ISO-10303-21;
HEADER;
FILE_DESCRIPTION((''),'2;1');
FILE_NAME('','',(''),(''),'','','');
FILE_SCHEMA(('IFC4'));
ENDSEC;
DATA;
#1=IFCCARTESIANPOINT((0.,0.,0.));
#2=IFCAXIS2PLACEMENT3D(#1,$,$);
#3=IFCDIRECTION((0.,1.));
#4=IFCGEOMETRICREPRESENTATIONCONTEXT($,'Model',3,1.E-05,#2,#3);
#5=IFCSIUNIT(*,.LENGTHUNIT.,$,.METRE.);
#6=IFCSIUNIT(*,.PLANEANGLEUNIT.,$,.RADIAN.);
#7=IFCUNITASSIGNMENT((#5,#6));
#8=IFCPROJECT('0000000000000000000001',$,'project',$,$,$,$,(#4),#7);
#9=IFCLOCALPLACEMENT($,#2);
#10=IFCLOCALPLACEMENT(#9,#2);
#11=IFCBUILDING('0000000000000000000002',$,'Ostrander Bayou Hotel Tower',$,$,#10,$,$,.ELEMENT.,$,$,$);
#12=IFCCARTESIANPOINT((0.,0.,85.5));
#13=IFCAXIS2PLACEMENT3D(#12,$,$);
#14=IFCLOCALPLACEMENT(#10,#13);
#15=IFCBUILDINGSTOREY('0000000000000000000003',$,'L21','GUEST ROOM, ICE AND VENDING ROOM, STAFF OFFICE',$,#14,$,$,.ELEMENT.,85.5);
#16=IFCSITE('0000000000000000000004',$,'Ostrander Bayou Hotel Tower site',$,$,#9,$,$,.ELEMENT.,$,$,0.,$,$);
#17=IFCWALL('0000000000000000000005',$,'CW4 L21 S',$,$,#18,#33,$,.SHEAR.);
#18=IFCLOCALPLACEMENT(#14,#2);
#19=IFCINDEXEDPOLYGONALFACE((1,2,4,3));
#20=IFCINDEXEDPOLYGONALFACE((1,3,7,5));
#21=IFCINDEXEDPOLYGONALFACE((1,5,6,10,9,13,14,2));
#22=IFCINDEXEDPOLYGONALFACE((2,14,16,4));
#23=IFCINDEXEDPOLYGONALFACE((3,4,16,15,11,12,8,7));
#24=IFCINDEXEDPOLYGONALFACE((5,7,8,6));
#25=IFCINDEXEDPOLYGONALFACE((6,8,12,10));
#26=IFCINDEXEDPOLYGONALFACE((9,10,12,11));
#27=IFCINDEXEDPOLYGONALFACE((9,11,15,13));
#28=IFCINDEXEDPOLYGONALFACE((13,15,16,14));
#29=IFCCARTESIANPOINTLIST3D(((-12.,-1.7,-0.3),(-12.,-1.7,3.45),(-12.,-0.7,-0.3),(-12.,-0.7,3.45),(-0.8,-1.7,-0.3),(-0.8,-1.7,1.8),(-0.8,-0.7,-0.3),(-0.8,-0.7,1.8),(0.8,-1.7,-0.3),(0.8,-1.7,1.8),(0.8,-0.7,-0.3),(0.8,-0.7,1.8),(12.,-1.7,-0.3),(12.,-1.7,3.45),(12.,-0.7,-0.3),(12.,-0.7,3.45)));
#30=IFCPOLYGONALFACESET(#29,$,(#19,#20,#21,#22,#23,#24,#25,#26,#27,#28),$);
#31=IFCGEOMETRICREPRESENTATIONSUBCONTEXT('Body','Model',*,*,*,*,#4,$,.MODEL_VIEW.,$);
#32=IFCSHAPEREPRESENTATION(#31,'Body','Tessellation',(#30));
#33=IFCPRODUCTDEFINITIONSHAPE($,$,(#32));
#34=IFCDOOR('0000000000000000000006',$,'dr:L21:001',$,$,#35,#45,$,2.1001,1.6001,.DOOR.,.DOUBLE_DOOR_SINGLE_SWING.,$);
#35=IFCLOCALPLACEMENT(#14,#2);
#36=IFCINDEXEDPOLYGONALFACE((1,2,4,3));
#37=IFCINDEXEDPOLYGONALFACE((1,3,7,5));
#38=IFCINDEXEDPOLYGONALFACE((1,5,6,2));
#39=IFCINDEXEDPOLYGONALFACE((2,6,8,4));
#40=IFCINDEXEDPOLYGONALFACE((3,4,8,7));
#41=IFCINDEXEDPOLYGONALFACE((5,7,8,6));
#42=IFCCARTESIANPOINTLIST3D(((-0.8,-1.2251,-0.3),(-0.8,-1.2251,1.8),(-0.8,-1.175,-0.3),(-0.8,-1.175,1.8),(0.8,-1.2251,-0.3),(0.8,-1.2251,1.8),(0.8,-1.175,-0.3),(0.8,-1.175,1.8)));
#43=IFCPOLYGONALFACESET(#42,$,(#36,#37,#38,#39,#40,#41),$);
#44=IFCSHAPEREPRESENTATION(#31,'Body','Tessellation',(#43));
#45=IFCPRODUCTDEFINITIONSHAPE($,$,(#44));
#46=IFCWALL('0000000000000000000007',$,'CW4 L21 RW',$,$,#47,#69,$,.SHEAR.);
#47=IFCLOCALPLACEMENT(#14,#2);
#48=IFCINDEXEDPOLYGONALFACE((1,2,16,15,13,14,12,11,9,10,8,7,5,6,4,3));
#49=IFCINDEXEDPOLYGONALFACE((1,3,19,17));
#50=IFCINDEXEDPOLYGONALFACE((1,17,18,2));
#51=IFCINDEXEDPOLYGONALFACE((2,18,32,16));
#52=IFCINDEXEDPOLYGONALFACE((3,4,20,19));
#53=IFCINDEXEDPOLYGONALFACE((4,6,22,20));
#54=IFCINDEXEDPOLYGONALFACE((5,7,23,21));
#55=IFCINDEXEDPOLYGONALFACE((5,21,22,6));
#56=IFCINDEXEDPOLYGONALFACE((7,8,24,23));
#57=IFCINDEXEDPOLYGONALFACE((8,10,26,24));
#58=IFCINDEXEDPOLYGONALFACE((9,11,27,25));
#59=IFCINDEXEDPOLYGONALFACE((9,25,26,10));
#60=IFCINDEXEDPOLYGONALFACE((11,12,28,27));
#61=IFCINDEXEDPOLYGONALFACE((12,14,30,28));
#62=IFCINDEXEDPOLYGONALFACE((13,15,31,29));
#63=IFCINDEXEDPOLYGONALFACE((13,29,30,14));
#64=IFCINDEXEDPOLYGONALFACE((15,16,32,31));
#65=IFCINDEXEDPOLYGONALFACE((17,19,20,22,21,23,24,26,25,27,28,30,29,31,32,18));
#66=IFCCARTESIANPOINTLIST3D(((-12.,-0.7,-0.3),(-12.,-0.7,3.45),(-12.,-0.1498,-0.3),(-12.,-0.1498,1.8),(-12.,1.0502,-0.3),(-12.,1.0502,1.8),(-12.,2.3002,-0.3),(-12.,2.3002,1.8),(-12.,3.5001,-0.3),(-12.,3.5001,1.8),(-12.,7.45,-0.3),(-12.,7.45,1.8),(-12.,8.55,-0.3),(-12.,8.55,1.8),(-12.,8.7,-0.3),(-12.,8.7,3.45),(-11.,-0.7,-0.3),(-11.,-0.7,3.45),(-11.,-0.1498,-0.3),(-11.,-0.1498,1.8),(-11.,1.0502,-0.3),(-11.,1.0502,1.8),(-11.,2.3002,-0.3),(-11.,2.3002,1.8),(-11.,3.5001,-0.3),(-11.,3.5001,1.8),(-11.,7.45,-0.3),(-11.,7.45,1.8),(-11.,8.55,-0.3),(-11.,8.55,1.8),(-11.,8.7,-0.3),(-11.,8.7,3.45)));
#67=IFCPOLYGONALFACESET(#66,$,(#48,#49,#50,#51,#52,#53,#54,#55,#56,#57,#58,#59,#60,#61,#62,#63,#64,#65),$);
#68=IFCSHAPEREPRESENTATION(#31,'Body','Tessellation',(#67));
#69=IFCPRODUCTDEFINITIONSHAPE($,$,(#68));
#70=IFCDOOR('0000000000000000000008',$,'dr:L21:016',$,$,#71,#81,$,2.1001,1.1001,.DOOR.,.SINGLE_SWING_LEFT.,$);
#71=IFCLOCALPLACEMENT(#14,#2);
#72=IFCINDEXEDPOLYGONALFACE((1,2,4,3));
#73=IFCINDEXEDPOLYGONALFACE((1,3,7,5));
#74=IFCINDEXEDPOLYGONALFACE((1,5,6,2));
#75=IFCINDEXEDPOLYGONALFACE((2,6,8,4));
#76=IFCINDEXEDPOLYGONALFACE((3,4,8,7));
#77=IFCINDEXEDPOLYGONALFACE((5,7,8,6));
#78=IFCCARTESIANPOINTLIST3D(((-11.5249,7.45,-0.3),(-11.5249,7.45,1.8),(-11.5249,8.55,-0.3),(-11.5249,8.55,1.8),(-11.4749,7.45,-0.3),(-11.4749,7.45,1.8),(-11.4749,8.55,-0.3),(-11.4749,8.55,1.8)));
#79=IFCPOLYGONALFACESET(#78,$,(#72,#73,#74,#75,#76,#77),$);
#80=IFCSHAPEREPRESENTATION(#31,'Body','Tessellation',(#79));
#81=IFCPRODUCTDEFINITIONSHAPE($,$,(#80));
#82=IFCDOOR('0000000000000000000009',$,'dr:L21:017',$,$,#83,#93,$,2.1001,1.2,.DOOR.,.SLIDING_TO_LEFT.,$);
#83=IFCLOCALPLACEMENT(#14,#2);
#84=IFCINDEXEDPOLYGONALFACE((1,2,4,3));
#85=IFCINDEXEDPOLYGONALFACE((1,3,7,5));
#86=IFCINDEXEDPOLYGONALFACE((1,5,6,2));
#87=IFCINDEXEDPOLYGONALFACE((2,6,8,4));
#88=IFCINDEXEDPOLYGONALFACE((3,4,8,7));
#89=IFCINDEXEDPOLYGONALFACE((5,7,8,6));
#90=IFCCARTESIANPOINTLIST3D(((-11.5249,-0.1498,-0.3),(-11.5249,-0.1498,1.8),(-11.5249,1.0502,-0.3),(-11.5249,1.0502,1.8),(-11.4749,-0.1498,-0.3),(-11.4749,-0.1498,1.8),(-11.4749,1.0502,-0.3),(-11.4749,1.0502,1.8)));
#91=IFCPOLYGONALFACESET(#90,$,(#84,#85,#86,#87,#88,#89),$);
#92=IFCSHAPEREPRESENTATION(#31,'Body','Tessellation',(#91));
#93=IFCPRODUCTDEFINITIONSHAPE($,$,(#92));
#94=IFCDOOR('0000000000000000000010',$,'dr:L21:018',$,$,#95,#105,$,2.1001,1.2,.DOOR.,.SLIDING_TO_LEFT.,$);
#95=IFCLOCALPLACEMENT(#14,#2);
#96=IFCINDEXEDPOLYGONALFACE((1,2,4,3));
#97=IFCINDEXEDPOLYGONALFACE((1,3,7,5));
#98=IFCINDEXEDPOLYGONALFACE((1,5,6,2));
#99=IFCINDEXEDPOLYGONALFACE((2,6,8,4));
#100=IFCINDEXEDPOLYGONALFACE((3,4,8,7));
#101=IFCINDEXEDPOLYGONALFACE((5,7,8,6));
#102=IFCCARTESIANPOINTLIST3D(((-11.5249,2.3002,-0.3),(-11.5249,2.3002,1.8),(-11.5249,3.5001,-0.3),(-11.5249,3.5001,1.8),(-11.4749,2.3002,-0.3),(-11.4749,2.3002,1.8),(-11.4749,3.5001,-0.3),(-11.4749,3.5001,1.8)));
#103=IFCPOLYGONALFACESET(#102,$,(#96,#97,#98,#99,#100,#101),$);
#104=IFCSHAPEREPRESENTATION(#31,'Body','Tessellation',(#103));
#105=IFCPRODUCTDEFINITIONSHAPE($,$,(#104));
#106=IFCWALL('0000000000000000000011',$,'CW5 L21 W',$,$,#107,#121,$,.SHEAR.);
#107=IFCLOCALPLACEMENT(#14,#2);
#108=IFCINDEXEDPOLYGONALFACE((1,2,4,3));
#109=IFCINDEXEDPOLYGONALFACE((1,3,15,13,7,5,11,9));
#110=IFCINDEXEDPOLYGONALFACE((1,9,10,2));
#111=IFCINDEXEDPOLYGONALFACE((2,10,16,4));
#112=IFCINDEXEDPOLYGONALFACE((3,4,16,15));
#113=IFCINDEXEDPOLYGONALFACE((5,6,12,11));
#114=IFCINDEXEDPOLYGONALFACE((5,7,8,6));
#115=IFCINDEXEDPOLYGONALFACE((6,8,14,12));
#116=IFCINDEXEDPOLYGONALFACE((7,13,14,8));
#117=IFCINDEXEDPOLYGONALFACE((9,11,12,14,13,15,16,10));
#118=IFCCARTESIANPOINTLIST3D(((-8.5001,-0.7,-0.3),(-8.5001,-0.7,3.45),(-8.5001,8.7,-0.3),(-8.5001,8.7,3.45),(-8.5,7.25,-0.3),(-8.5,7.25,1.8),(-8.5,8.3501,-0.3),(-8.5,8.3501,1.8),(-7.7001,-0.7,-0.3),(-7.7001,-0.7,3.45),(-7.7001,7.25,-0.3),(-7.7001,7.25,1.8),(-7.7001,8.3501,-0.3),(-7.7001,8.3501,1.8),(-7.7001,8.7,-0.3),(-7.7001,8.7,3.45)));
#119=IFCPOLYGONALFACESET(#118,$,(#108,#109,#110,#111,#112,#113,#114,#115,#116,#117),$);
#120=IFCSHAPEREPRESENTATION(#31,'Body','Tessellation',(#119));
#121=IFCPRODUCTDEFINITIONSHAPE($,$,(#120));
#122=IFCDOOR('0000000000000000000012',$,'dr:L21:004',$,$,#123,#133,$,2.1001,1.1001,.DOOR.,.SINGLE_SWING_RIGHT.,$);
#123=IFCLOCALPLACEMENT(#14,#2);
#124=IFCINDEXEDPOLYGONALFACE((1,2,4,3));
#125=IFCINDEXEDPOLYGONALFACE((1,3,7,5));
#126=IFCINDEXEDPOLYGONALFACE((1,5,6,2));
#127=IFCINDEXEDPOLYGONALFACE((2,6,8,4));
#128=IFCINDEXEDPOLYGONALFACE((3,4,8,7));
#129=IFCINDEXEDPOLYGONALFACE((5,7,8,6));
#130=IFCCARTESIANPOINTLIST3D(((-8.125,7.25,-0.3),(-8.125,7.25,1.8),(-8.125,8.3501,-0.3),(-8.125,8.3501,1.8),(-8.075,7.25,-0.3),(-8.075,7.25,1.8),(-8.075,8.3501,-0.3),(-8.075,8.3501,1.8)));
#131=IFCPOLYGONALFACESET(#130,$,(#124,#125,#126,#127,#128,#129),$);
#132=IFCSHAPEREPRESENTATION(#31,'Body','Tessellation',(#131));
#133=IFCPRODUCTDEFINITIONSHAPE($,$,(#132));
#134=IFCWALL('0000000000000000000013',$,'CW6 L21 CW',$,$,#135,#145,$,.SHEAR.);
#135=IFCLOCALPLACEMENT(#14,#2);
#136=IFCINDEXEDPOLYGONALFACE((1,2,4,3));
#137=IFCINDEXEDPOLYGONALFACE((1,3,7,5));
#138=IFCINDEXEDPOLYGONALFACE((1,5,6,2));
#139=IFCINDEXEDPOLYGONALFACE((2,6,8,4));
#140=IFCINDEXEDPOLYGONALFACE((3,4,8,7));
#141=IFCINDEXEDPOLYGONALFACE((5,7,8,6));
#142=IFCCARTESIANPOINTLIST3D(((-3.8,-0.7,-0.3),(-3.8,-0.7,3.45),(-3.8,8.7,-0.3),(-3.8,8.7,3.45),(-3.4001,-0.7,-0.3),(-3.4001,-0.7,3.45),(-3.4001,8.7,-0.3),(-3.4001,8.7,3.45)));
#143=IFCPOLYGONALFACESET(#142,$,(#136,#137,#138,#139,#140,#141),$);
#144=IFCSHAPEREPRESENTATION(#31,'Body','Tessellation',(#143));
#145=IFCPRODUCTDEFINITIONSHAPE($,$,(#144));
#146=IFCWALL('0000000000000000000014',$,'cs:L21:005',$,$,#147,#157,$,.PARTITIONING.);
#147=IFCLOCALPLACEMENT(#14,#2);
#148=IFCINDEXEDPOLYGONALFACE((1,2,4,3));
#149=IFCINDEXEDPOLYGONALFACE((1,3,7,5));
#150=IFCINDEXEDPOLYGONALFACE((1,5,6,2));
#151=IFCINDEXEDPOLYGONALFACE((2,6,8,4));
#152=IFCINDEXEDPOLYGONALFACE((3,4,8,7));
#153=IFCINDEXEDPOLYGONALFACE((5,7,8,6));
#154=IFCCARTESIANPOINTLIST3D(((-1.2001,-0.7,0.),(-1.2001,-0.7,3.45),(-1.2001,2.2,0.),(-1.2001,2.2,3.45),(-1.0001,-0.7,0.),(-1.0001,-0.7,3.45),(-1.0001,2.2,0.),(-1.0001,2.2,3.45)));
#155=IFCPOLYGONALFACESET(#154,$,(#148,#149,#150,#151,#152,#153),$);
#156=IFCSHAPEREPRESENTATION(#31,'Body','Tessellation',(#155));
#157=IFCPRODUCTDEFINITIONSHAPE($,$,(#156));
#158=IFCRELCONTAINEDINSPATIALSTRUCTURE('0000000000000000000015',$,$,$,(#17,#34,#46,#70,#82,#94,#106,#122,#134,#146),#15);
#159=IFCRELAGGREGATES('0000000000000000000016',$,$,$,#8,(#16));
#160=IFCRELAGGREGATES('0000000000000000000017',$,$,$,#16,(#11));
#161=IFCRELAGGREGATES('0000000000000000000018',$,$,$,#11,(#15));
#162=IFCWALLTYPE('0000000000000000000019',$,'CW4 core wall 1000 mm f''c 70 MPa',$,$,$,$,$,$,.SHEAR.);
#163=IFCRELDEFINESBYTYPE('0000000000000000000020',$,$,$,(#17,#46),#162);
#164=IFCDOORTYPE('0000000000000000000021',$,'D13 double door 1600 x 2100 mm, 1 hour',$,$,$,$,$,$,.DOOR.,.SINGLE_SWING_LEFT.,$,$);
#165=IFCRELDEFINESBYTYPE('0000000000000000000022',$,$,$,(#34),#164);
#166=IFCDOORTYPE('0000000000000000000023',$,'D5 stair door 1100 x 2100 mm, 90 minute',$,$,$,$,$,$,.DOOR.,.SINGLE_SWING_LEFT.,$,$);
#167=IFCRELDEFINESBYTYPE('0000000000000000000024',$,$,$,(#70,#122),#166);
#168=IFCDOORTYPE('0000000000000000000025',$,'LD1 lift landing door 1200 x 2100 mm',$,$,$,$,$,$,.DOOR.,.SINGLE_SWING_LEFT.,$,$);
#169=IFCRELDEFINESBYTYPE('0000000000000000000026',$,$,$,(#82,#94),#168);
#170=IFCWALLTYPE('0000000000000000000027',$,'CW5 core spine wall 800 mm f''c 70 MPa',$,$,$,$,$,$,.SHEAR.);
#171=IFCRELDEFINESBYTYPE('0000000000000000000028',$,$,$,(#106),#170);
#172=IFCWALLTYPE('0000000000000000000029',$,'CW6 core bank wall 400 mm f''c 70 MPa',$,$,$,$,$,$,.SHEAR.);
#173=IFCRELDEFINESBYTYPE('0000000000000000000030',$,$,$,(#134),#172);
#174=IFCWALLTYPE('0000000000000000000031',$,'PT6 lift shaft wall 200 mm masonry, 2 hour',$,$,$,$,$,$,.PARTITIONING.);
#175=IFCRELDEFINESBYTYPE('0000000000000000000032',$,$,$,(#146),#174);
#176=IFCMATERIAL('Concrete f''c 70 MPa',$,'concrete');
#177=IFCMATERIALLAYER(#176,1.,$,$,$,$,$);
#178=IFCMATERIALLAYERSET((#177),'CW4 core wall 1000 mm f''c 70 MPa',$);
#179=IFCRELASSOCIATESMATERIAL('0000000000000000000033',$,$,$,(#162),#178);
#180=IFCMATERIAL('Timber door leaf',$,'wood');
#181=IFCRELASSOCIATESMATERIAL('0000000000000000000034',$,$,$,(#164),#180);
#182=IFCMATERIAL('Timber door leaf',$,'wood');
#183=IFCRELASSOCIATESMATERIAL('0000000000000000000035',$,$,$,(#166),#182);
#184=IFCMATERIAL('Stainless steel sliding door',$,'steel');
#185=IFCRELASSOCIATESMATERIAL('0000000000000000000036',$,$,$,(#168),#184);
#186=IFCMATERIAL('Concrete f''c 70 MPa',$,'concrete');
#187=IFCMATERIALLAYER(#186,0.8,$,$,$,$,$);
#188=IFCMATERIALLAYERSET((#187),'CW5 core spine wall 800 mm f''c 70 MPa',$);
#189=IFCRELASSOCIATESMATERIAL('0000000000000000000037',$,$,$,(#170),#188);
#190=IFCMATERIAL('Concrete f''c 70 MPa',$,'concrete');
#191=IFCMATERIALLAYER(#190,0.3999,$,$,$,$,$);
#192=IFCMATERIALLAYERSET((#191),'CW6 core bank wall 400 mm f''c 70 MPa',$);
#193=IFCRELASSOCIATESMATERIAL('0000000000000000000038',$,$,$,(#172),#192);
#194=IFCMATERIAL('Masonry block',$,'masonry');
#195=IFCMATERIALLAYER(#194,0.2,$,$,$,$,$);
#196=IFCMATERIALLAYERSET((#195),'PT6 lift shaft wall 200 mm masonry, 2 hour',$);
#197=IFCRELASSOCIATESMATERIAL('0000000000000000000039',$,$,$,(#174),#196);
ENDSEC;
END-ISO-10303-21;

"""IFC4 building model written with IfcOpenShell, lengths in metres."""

from ifc_helpers import new_model, si_unit, direction, frame, frame_2d, origin, place, context, subcontext, project, spatial, rectangle, extrude, material, layer, layer_set, type_object, element, fill, save


model = new_model("IFC4")

# Units and contexts
model_context = context("Model", 3, precision=1e-05, world=origin(), true_north=direction((0.0, 1.0)))
body_context = subcontext(model_context, "Body", "Model", "MODEL_VIEW")
ifc_project = project(units=[si_unit("LENGTHUNIT", "METRE"), si_unit("PLANEANGLEUNIT", "RADIAN")], contexts=[model_context])

# Site, building, storey
site_placement = place(None, origin())
site = spatial("IfcSite", under=ifc_project, at=site_placement, Name="Ostrander Bayou Hotel Tower site", CompositionType="ELEMENT", RefElevation=0.0)
building_placement = place(site_placement, origin())
building = spatial("IfcBuilding", under=site, at=building_placement, Name="Ostrander Bayou Hotel Tower", CompositionType="ELEMENT")
storey_placement = place(building_placement, frame((0.0, 0.0, 85.5)))
storey = spatial("IfcBuildingStorey", under=building, at=storey_placement, Name="L21", Description="GUEST ROOM, ICE AND VENDING ROOM, STAFF OFFICE", CompositionType="ELEMENT", Elevation=85.5)

# Wall, opening, door
ifc_material_1 = material(Name="Concrete f'c 70 MPa", Category="concrete")
ifc_layer_1 = layer(ifc_material_1, 1.0)
ifc_layer_set_1 = layer_set([ifc_layer_1], Name="CW4 core wall 1000 mm f'c 70 MPa")
wall_type_1 = type_object("IfcWallType", Name="CW4 core wall 1000 mm f'c 70 MPa", PredefinedType="SHEAR", material=ifc_layer_set_1)
wall_1_placement = place(storey_placement, frame((-12.0, -1.2, -0.3), z_axis=(0.0, 0.0, 1.0), x_axis=(1.0, 0.0, 0.0)))
wall_1 = element("IfcWall", 1, at=wall_1_placement, inside=storey, type_object=wall_type_1, Name="CW4 L21 S", PredefinedType="SHEAR", context=body_context, shape_type="SweptSolid", body=[
    extrude(rectangle(XDim=24.0, YDim=1.0, at=frame_2d((12.0, 0.0))), origin(), (0.0, 0.0, 1.0), 3.75),
])
opening_1_placement = place(wall_1_placement, frame((11.2, 0.0, 0.0)))
opening_1 = element("IfcOpeningElement", 2, at=opening_1_placement, cuts=wall_1, PredefinedType="OPENING", context=body_context, shape_type="SweptSolid", body=[
    extrude(rectangle(XDim=1.6001, YDim=2.1001, at=frame_2d((0.8, 1.05))), frame((0.0, 0.5, 0.0), z_axis=(0.0, -1.0, 0.0), x_axis=(1.0, 0.0, 0.0)), (0.0, 0.0, 1.0), 1.0),
])
ifc_material_2 = material(Name="Timber door leaf", Category="wood")
door_type_1 = type_object("IfcDoorType", Name="D13 double door 1600 x 2100 mm, 1 hour", OperationType="SINGLE_SWING_LEFT", PredefinedType="DOOR", material=ifc_material_2)
door_1_placement = place(opening_1_placement, origin())
door_1 = element("IfcDoor", 3, at=door_1_placement, inside=storey, type_object=door_type_1, Name="dr:L21:001", OperationType="DOUBLE_DOOR_SINGLE_SWING", OverallHeight=2.1001, OverallWidth=1.6001, PredefinedType="DOOR", context=body_context, shape_type="SweptSolid", body=[
    extrude(rectangle(XDim=1.6001, YDim=2.1001, at=frame_2d((0.8, 1.05))), frame((0.0, 0.0249, 0.0), z_axis=(0.0, -1.0, 0.0), x_axis=(1.0, 0.0, 0.0)), (0.0, 0.0, 1.0), 0.05),
])
fill(opening_1, door_1)

# Wall, openings, doors
wall_2_placement = place(storey_placement, frame((-11.5, -0.7, -0.3), z_axis=(0.0, 0.0, 1.0), x_axis=(0.0, 1.0, 0.0)))
wall_2 = element("IfcWall", 4, at=wall_2_placement, inside=storey, type_object=wall_type_1, Name="CW4 L21 RW", PredefinedType="SHEAR", context=body_context, shape_type="SweptSolid", body=[
    extrude(rectangle(XDim=9.3999, YDim=1.0, at=frame_2d((4.7, 0.0))), origin(), (0.0, 0.0, 1.0), 3.75),
])
opening_2_placement = place(wall_2_placement, frame((8.1499, 0.0, 0.0)))
opening_2 = element("IfcOpeningElement", 5, at=opening_2_placement, cuts=wall_2, PredefinedType="OPENING", context=body_context, shape_type="SweptSolid", body=[
    extrude(rectangle(XDim=1.1001, YDim=2.1001, at=frame_2d((0.55, 1.05))), frame((0.0, 0.5, 0.0), z_axis=(0.0, -1.0, 0.0), x_axis=(1.0, 0.0, 0.0)), (0.0, 0.0, 1.0), 1.0),
])
opening_3_placement = place(wall_2_placement, frame((0.55, 0.0, 0.0)))
opening_3 = element("IfcOpeningElement", 6, at=opening_3_placement, cuts=wall_2, PredefinedType="OPENING", context=body_context, shape_type="SweptSolid", body=[
    extrude(rectangle(XDim=1.2, YDim=2.1001, at=frame_2d((0.6001, 1.05))), frame((0.0, 0.5, 0.0), z_axis=(0.0, -1.0, 0.0), x_axis=(1.0, 0.0, 0.0)), (0.0, 0.0, 1.0), 1.0),
])
opening_4_placement = place(wall_2_placement, frame((3.0, 0.0, 0.0)))
opening_4 = element("IfcOpeningElement", 7, at=opening_4_placement, cuts=wall_2, PredefinedType="OPENING", context=body_context, shape_type="SweptSolid", body=[
    extrude(rectangle(XDim=1.2, YDim=2.1001, at=frame_2d((0.6001, 1.05))), frame((0.0, 0.5, 0.0), z_axis=(0.0, -1.0, 0.0), x_axis=(1.0, 0.0, 0.0)), (0.0, 0.0, 1.0), 1.0),
])
ifc_material_3 = material(Name="Timber door leaf", Category="wood")
door_type_2 = type_object("IfcDoorType", Name="D5 stair door 1100 x 2100 mm, 90 minute", OperationType="SINGLE_SWING_LEFT", PredefinedType="DOOR", material=ifc_material_3)
door_2_placement = place(opening_2_placement, origin())
door_2 = element("IfcDoor", 8, at=door_2_placement, inside=storey, type_object=door_type_2, Name="dr:L21:016", OperationType="SINGLE_SWING_LEFT", OverallHeight=2.1001, OverallWidth=1.1001, PredefinedType="DOOR", context=body_context, shape_type="SweptSolid", body=[
    extrude(rectangle(XDim=1.1001, YDim=2.1001, at=frame_2d((0.55, 1.05))), frame((0.0, 0.0249, 0.0), z_axis=(0.0, -1.0, 0.0), x_axis=(1.0, 0.0, 0.0)), (0.0, 0.0, 1.0), 0.05),
])
fill(opening_2, door_2)
ifc_material_4 = material(Name="Stainless steel sliding door", Category="steel")
door_type_3 = type_object("IfcDoorType", Name="LD1 lift landing door 1200 x 2100 mm", OperationType="SINGLE_SWING_LEFT", PredefinedType="DOOR", material=ifc_material_4)
door_3_placement = place(opening_3_placement, origin())
door_3 = element("IfcDoor", 9, at=door_3_placement, inside=storey, type_object=door_type_3, Name="dr:L21:017", OperationType="SLIDING_TO_LEFT", OverallHeight=2.1001, OverallWidth=1.2, PredefinedType="DOOR", context=body_context, shape_type="SweptSolid", body=[
    extrude(rectangle(XDim=1.2, YDim=2.1001, at=frame_2d((0.6001, 1.05))), frame((0.0, 0.0249, 0.0), z_axis=(0.0, -1.0, 0.0), x_axis=(1.0, 0.0, 0.0)), (0.0, 0.0, 1.0), 0.05),
])
fill(opening_3, door_3)
door_4_placement = place(opening_4_placement, origin())
door_4 = element("IfcDoor", 10, at=door_4_placement, inside=storey, type_object=door_type_3, Name="dr:L21:018", OperationType="SLIDING_TO_LEFT", OverallHeight=2.1001, OverallWidth=1.2, PredefinedType="DOOR", context=body_context, shape_type="SweptSolid", body=[
    extrude(rectangle(XDim=1.2, YDim=2.1001, at=frame_2d((0.6001, 1.05))), frame((0.0, 0.0249, 0.0), z_axis=(0.0, -1.0, 0.0), x_axis=(1.0, 0.0, 0.0)), (0.0, 0.0, 1.0), 0.05),
])
fill(opening_4, door_4)

# Wall, opening, door
ifc_material_5 = material(Name="Concrete f'c 70 MPa", Category="concrete")
ifc_layer_2 = layer(ifc_material_5, 0.8)
ifc_layer_set_2 = layer_set([ifc_layer_2], Name="CW5 core spine wall 800 mm f'c 70 MPa")
wall_type_2 = type_object("IfcWallType", Name="CW5 core spine wall 800 mm f'c 70 MPa", PredefinedType="SHEAR", material=ifc_layer_set_2)
wall_3_placement = place(storey_placement, frame((-8.1001, -0.7, -0.3), z_axis=(0.0, 0.0, 1.0), x_axis=(0.0, 1.0, 0.0)))
wall_3 = element("IfcWall", 11, at=wall_3_placement, inside=storey, type_object=wall_type_2, Name="CW5 L21 W", PredefinedType="SHEAR", context=body_context, shape_type="SweptSolid", body=[
    extrude(rectangle(XDim=9.3999, YDim=0.8, at=frame_2d((4.7, 0.0))), origin(), (0.0, 0.0, 1.0), 3.75),
])
opening_5_placement = place(wall_3_placement, frame((7.95, 0.0, 0.0)))
opening_5 = element("IfcOpeningElement", 12, at=opening_5_placement, cuts=wall_3, PredefinedType="OPENING", context=body_context, shape_type="SweptSolid", body=[
    extrude(rectangle(XDim=1.1001, YDim=2.1001, at=frame_2d((0.55, 1.05))), frame((0.0, 0.3999, 0.0), z_axis=(0.0, -1.0, 0.0), x_axis=(1.0, 0.0, 0.0)), (0.0, 0.0, 1.0), 0.8),
])
door_5_placement = place(opening_5_placement, origin())
door_5 = element("IfcDoor", 13, at=door_5_placement, inside=storey, type_object=door_type_2, Name="dr:L21:004", OperationType="SINGLE_SWING_RIGHT", OverallHeight=2.1001, OverallWidth=1.1001, PredefinedType="DOOR", context=body_context, shape_type="SweptSolid", body=[
    extrude(rectangle(XDim=1.1001, YDim=2.1001, at=frame_2d((0.55, 1.05))), frame((0.0, 0.0249, 0.0), z_axis=(0.0, -1.0, 0.0), x_axis=(1.0, 0.0, 0.0)), (0.0, 0.0, 1.0), 0.05),
])
fill(opening_5, door_5)

# Walls
ifc_material_6 = material(Name="Concrete f'c 70 MPa", Category="concrete")
ifc_layer_3 = layer(ifc_material_6, 0.3999)
ifc_layer_set_3 = layer_set([ifc_layer_3], Name="CW6 core bank wall 400 mm f'c 70 MPa")
wall_type_3 = type_object("IfcWallType", Name="CW6 core bank wall 400 mm f'c 70 MPa", PredefinedType="SHEAR", material=ifc_layer_set_3)
wall_4_placement = place(storey_placement, frame((-3.6001, -0.7, -0.3), z_axis=(0.0, 0.0, 1.0), x_axis=(0.0, 1.0, 0.0)))
element("IfcWall", 14, at=wall_4_placement, inside=storey, type_object=wall_type_3, Name="CW6 L21 CW", PredefinedType="SHEAR", context=body_context, shape_type="SweptSolid", body=[
    extrude(rectangle(XDim=9.3999, YDim=0.3999, at=frame_2d((4.7, 0.0))), origin(), (0.0, 0.0, 1.0), 3.75),
])
ifc_material_7 = material(Name="Masonry block", Category="masonry")
ifc_layer_4 = layer(ifc_material_7, 0.2)
ifc_layer_set_4 = layer_set([ifc_layer_4], Name="PT6 lift shaft wall 200 mm masonry, 2 hour")
wall_type_4 = type_object("IfcWallType", Name="PT6 lift shaft wall 200 mm masonry, 2 hour", PredefinedType="PARTITIONING", material=ifc_layer_set_4)
wall_5_placement = place(storey_placement, frame((-1.1001, -0.7, 0.0), z_axis=(0.0, 0.0, 1.0), x_axis=(0.0, 1.0, 0.0)))
element("IfcWall", 15, at=wall_5_placement, inside=storey, type_object=wall_type_4, Name="cs:L21:005", PredefinedType="PARTITIONING", context=body_context, shape_type="SweptSolid", body=[
    extrude(rectangle(XDim=2.8999, YDim=0.2, at=frame_2d((1.45, 0.0))), origin(), (0.0, 0.0, 1.0), 3.45),
])

save(model, "model.ifc")
